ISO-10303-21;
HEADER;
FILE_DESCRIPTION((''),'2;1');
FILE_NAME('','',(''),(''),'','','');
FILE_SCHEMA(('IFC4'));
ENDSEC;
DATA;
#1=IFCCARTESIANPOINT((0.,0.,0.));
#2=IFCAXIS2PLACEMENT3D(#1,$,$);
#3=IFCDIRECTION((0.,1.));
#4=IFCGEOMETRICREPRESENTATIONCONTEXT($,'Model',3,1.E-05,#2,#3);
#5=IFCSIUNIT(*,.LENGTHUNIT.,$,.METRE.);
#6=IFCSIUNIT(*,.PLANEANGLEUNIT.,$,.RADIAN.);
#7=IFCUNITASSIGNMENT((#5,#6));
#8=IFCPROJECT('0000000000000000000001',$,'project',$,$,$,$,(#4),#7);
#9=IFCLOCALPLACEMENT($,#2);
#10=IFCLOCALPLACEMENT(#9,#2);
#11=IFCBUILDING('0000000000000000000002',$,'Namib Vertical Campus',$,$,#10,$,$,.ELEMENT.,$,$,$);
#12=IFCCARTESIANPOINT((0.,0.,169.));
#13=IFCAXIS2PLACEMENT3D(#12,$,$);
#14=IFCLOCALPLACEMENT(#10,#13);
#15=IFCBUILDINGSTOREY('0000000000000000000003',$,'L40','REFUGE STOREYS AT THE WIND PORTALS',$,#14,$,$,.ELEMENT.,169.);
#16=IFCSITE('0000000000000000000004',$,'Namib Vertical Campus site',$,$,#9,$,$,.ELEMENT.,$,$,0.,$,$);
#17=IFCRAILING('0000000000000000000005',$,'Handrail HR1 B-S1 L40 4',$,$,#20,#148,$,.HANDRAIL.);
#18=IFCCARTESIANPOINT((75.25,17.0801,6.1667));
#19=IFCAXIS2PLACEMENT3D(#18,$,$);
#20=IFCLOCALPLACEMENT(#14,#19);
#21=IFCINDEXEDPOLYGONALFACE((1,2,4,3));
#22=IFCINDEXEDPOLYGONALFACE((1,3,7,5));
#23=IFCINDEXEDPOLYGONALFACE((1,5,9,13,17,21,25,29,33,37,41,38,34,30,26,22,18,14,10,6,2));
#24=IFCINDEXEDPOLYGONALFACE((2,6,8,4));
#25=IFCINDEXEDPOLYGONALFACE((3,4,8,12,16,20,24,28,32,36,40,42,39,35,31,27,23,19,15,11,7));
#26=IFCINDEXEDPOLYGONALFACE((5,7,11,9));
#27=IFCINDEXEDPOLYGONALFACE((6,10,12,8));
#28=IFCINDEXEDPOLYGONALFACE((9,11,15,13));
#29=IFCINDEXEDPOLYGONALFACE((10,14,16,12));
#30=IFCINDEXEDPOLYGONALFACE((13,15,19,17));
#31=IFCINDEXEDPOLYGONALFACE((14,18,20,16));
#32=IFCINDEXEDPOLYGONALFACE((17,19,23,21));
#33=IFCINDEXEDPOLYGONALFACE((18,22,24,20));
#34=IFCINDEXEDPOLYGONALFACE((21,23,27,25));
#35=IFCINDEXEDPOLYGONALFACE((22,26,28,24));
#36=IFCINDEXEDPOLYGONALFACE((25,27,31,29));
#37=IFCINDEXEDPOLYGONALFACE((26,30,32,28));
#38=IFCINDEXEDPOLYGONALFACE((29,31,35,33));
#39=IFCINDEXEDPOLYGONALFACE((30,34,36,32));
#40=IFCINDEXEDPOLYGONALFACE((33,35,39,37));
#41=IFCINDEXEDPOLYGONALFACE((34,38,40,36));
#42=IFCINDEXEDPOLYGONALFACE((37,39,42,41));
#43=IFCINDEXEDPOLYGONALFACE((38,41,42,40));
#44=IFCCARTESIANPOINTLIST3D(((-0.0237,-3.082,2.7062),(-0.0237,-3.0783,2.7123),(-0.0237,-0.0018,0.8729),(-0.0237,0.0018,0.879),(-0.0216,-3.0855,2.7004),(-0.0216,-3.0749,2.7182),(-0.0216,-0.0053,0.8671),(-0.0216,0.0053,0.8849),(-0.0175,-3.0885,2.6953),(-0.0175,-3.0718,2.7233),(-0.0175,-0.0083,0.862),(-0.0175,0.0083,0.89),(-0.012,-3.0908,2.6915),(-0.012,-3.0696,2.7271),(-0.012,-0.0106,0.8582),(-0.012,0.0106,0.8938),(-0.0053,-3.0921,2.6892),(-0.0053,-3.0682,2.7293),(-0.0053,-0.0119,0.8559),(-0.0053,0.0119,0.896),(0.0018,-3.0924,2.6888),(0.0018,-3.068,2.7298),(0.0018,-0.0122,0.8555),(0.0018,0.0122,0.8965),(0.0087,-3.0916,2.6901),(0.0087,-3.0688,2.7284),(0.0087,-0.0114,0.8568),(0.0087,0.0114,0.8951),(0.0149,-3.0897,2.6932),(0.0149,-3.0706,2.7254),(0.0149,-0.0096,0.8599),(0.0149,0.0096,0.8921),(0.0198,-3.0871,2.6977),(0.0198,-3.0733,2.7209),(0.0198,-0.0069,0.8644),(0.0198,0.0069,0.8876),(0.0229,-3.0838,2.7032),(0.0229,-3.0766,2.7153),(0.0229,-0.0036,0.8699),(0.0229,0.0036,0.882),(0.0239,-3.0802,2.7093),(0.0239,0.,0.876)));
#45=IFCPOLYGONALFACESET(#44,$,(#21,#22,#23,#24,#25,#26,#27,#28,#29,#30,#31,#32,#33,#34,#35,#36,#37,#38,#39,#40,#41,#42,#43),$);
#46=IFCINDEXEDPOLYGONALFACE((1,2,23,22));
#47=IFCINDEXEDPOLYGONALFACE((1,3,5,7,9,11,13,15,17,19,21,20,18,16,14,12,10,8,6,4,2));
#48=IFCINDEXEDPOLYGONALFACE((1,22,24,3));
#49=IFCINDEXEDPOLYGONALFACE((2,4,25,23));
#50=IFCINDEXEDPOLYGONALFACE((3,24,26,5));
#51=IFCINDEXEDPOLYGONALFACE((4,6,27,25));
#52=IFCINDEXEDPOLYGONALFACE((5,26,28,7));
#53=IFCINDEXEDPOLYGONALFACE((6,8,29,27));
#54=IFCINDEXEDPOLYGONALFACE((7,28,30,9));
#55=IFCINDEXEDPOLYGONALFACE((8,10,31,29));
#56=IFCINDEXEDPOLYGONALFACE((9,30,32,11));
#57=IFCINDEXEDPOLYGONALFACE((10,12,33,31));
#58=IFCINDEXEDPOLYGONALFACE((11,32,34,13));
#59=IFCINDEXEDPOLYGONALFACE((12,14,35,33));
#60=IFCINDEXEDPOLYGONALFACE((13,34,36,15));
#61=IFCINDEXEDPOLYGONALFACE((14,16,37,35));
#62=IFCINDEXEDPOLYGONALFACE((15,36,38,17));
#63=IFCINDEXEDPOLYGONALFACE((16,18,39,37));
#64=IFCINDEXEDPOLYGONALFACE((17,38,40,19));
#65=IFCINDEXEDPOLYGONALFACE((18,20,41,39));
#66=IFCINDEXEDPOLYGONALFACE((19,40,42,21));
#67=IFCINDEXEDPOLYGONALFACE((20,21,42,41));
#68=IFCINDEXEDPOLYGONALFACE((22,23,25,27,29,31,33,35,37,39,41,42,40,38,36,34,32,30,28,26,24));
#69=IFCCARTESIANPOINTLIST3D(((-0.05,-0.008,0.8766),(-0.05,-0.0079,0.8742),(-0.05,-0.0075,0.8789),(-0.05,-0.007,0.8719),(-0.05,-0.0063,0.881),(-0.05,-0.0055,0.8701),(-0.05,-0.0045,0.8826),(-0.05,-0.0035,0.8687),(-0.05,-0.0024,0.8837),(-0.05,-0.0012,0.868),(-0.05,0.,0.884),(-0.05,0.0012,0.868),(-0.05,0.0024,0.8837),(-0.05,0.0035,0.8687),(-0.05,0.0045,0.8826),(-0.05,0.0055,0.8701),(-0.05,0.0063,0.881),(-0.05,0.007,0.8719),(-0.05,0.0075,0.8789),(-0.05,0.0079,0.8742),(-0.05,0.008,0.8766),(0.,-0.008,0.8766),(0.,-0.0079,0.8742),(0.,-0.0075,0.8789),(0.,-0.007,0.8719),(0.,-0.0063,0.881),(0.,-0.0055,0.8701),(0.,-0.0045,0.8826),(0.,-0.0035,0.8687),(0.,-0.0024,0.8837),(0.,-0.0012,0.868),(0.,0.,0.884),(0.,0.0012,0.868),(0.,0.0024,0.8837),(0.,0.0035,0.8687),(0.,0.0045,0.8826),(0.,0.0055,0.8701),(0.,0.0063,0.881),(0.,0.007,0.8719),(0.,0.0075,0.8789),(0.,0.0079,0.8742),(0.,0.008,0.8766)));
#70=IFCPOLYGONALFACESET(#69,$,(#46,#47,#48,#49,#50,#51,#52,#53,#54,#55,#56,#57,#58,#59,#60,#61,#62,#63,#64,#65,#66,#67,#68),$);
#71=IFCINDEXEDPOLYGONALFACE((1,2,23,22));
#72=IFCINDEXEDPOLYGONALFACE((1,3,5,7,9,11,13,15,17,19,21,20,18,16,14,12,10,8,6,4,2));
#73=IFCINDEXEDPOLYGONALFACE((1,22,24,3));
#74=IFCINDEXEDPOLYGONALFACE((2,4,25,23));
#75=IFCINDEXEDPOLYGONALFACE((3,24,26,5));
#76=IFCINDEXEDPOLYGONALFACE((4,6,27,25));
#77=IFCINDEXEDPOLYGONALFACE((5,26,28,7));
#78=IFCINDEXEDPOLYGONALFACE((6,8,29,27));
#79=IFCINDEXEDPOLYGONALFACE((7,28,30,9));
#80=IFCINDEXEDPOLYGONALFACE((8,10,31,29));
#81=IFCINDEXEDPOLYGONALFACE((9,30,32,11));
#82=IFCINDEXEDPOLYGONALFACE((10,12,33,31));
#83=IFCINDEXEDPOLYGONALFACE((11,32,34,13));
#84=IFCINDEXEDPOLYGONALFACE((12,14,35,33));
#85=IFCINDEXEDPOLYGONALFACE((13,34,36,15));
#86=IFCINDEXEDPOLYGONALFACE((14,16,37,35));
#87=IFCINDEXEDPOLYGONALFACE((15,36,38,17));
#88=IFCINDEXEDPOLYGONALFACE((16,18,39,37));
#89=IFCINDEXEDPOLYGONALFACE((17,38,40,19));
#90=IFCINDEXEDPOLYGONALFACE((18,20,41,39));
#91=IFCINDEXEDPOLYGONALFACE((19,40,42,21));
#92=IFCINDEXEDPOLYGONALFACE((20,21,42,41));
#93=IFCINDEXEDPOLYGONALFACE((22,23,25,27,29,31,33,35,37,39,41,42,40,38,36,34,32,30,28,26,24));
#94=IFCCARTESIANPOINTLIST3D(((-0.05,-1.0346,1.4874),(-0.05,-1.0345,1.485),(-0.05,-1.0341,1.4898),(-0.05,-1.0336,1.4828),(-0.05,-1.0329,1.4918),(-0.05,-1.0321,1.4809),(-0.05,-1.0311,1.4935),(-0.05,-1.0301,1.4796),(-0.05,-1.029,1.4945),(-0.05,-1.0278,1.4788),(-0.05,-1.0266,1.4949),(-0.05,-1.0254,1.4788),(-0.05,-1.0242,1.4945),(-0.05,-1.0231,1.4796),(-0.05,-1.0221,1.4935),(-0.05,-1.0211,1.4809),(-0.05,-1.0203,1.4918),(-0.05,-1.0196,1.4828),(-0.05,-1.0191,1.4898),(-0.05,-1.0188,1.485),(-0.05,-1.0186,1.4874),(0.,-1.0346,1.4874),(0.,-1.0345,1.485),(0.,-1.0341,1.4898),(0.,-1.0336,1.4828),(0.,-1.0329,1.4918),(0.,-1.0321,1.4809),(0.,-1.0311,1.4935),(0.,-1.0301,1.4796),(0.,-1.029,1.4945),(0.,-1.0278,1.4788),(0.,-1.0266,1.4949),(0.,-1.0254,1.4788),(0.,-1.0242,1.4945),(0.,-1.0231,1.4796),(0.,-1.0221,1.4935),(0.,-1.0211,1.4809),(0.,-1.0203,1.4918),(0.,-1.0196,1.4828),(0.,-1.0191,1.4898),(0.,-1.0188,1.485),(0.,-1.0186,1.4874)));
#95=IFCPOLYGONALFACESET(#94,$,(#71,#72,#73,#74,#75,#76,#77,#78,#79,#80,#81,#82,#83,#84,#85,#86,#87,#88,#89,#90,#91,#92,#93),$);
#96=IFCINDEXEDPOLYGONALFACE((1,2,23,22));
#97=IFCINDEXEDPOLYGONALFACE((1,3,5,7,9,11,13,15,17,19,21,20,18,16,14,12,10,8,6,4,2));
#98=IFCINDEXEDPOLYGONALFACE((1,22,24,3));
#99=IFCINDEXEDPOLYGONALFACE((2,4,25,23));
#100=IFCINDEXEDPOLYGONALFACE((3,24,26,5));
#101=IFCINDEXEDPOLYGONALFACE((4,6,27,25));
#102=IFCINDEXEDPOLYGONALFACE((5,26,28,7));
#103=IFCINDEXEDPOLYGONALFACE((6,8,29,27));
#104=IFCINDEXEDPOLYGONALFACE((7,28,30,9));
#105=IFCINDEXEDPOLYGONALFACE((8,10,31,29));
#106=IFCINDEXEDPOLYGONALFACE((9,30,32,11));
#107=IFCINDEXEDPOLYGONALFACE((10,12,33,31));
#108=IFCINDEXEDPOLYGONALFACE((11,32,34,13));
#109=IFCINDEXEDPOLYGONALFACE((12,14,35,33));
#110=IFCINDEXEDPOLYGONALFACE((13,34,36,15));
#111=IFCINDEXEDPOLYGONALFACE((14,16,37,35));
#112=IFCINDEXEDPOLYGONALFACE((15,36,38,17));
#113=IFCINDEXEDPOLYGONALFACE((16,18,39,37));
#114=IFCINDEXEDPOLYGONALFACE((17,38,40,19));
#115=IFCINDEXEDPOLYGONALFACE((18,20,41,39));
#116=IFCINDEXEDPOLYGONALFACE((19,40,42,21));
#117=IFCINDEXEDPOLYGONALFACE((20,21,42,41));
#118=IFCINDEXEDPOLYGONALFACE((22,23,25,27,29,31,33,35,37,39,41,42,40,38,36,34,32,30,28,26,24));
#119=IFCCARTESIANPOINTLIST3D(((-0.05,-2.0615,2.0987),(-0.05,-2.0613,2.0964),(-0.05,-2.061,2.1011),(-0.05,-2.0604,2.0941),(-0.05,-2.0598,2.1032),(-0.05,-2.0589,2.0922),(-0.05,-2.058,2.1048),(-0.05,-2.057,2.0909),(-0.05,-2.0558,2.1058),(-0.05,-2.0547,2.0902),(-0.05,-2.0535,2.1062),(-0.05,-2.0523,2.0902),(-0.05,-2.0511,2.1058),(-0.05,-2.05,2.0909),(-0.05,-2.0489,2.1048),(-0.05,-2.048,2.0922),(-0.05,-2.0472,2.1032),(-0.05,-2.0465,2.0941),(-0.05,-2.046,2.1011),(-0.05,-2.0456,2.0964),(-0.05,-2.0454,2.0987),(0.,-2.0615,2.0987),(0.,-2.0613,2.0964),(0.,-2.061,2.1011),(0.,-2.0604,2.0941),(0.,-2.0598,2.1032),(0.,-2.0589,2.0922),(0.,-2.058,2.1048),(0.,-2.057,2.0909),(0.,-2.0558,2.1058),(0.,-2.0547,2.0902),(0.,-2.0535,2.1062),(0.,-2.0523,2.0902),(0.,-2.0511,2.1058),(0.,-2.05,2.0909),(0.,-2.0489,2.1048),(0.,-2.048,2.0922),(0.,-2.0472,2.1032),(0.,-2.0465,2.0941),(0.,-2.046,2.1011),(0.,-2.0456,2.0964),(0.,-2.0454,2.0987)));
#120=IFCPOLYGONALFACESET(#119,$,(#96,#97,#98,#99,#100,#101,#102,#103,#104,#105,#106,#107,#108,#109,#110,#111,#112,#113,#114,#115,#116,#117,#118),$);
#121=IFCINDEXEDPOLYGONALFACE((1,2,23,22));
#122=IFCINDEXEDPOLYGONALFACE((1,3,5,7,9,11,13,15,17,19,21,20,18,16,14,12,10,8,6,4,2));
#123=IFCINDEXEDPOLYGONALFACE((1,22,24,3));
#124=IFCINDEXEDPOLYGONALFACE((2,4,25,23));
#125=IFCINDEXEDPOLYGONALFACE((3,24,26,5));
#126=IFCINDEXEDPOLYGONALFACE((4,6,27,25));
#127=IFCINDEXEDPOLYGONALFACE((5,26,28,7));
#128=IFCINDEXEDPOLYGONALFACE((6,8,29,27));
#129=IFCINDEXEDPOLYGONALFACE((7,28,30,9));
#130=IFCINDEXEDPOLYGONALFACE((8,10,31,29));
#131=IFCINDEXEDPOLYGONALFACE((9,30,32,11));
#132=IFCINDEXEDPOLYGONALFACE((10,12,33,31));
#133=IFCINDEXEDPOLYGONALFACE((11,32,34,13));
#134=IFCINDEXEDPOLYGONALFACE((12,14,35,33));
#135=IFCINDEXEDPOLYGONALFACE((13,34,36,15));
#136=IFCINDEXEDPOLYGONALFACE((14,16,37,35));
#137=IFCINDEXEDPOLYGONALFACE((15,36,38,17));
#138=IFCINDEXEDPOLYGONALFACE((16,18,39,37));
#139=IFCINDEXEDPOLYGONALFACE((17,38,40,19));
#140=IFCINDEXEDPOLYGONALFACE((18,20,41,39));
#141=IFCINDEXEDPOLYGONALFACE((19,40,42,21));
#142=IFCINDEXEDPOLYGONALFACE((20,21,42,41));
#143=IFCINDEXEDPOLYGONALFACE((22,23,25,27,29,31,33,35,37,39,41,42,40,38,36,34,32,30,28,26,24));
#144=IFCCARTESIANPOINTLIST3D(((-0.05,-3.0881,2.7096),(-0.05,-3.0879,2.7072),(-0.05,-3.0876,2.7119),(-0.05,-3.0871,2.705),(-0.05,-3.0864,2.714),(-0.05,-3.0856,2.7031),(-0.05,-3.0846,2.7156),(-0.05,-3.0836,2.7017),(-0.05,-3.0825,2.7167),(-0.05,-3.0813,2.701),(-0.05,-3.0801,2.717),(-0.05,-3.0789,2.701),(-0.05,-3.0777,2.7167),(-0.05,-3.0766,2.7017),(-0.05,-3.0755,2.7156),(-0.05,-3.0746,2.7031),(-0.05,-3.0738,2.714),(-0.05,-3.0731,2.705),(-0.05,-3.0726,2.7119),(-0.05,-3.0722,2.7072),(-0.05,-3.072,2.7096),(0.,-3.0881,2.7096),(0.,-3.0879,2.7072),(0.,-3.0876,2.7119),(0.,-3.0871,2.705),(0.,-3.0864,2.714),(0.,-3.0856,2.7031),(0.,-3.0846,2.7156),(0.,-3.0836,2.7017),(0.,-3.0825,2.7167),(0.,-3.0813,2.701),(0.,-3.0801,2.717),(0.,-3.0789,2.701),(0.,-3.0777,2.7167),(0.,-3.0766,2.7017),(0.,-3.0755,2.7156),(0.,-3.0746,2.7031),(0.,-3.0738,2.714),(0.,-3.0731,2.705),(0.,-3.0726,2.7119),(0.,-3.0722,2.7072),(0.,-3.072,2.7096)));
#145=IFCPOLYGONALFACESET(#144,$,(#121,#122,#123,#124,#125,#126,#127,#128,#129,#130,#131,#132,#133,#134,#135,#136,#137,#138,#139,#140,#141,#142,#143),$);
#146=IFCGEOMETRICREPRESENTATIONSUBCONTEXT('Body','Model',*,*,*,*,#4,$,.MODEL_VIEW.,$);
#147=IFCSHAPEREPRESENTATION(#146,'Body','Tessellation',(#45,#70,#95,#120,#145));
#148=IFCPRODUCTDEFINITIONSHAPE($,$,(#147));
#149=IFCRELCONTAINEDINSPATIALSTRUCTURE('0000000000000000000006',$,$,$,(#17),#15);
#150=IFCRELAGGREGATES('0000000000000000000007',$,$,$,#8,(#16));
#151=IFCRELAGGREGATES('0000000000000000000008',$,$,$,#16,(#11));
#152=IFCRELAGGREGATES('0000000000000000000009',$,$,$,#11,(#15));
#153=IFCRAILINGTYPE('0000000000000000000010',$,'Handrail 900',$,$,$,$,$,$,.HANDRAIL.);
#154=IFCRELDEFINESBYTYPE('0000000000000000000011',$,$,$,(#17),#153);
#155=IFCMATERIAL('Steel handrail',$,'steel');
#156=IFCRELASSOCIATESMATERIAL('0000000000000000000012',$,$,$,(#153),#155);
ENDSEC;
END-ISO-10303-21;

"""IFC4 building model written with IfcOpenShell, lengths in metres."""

from ifc_helpers import new_model, si_unit, direction, frame, origin, origin_2d, place, context, subcontext, project, spatial, circle, extrude, material, type_object, element, save


model = new_model("IFC4")

# Units and contexts
model_context = context("Model", 3, precision=1e-05, world=origin(), true_north=direction((0.0, 1.0)))
body_context = subcontext(model_context, "Body", "Model", "MODEL_VIEW")
ifc_project = project(units=[si_unit("LENGTHUNIT", "METRE"), si_unit("PLANEANGLEUNIT", "RADIAN")], contexts=[model_context])

# Site, building, storey
site_placement = place(None, origin())
site = spatial("IfcSite", under=ifc_project, at=site_placement, Name="Namib Vertical Campus site", CompositionType="ELEMENT", RefElevation=0.0)
building_placement = place(site_placement, origin())
building = spatial("IfcBuilding", under=site, at=building_placement, Name="Namib Vertical Campus", CompositionType="ELEMENT")
storey_placement = place(building_placement, frame((0.0, 0.0, 169.0)))
storey = spatial("IfcBuildingStorey", under=building, at=storey_placement, Name="L40", Description="REFUGE STOREYS AT THE WIND PORTALS", CompositionType="ELEMENT", Elevation=169.0)

# Railing
ifc_material_1 = material(Name="Steel handrail", Category="steel")
railing_type_1 = type_object("IfcRailingType", Name="Handrail 900", PredefinedType="HANDRAIL", material=ifc_material_1)
railing_1_placement = place(storey_placement, frame((75.25, 17.0801, 6.1667)))
element("IfcRailing", 1, at=railing_1_placement, inside=storey, type_object=railing_type_1, Name="Handrail HR1 B-S1 L40 4", PredefinedType="HANDRAIL", context=body_context, shape_type="SweptSolid", body=[
    extrude(circle(Radius=0.0239, at=origin_2d()), frame((0.0, 0.0, 0.876), z_axis=(0.0, -0.859309, 0.511458), x_axis=(1.0, 0.0, 0.0)), (0.0, 0.0, 1.0), 3.5845),
    extrude(circle(Radius=0.0081, at=origin_2d()), frame((0.0, 0.0, 0.876), z_axis=(-1.0, 0.0, 0.0), x_axis=(0.0, 0.0, 1.0)), (0.0, 0.0, 1.0), 0.05),
    extrude(circle(Radius=0.0081, at=origin_2d()), frame((0.0, -1.0266, 1.4868), z_axis=(-1.0, 0.0, 0.0), x_axis=(0.0, 0.0, 1.0)), (0.0, 0.0, 1.0), 0.05),
    extrude(circle(Radius=0.0081, at=origin_2d()), frame((0.0, -2.0535, 2.0981), z_axis=(-1.0, 0.0, 0.0), x_axis=(0.0, 0.0, 1.0)), (0.0, 0.0, 1.0), 0.05),
    extrude(circle(Radius=0.0081, at=origin_2d()), frame((0.0, -3.0801, 2.709), z_axis=(-1.0, 0.0, 0.0), x_axis=(0.0, 0.0, 1.0)), (0.0, 0.0, 1.0), 0.05),
])

save(model, "model.ifc")
